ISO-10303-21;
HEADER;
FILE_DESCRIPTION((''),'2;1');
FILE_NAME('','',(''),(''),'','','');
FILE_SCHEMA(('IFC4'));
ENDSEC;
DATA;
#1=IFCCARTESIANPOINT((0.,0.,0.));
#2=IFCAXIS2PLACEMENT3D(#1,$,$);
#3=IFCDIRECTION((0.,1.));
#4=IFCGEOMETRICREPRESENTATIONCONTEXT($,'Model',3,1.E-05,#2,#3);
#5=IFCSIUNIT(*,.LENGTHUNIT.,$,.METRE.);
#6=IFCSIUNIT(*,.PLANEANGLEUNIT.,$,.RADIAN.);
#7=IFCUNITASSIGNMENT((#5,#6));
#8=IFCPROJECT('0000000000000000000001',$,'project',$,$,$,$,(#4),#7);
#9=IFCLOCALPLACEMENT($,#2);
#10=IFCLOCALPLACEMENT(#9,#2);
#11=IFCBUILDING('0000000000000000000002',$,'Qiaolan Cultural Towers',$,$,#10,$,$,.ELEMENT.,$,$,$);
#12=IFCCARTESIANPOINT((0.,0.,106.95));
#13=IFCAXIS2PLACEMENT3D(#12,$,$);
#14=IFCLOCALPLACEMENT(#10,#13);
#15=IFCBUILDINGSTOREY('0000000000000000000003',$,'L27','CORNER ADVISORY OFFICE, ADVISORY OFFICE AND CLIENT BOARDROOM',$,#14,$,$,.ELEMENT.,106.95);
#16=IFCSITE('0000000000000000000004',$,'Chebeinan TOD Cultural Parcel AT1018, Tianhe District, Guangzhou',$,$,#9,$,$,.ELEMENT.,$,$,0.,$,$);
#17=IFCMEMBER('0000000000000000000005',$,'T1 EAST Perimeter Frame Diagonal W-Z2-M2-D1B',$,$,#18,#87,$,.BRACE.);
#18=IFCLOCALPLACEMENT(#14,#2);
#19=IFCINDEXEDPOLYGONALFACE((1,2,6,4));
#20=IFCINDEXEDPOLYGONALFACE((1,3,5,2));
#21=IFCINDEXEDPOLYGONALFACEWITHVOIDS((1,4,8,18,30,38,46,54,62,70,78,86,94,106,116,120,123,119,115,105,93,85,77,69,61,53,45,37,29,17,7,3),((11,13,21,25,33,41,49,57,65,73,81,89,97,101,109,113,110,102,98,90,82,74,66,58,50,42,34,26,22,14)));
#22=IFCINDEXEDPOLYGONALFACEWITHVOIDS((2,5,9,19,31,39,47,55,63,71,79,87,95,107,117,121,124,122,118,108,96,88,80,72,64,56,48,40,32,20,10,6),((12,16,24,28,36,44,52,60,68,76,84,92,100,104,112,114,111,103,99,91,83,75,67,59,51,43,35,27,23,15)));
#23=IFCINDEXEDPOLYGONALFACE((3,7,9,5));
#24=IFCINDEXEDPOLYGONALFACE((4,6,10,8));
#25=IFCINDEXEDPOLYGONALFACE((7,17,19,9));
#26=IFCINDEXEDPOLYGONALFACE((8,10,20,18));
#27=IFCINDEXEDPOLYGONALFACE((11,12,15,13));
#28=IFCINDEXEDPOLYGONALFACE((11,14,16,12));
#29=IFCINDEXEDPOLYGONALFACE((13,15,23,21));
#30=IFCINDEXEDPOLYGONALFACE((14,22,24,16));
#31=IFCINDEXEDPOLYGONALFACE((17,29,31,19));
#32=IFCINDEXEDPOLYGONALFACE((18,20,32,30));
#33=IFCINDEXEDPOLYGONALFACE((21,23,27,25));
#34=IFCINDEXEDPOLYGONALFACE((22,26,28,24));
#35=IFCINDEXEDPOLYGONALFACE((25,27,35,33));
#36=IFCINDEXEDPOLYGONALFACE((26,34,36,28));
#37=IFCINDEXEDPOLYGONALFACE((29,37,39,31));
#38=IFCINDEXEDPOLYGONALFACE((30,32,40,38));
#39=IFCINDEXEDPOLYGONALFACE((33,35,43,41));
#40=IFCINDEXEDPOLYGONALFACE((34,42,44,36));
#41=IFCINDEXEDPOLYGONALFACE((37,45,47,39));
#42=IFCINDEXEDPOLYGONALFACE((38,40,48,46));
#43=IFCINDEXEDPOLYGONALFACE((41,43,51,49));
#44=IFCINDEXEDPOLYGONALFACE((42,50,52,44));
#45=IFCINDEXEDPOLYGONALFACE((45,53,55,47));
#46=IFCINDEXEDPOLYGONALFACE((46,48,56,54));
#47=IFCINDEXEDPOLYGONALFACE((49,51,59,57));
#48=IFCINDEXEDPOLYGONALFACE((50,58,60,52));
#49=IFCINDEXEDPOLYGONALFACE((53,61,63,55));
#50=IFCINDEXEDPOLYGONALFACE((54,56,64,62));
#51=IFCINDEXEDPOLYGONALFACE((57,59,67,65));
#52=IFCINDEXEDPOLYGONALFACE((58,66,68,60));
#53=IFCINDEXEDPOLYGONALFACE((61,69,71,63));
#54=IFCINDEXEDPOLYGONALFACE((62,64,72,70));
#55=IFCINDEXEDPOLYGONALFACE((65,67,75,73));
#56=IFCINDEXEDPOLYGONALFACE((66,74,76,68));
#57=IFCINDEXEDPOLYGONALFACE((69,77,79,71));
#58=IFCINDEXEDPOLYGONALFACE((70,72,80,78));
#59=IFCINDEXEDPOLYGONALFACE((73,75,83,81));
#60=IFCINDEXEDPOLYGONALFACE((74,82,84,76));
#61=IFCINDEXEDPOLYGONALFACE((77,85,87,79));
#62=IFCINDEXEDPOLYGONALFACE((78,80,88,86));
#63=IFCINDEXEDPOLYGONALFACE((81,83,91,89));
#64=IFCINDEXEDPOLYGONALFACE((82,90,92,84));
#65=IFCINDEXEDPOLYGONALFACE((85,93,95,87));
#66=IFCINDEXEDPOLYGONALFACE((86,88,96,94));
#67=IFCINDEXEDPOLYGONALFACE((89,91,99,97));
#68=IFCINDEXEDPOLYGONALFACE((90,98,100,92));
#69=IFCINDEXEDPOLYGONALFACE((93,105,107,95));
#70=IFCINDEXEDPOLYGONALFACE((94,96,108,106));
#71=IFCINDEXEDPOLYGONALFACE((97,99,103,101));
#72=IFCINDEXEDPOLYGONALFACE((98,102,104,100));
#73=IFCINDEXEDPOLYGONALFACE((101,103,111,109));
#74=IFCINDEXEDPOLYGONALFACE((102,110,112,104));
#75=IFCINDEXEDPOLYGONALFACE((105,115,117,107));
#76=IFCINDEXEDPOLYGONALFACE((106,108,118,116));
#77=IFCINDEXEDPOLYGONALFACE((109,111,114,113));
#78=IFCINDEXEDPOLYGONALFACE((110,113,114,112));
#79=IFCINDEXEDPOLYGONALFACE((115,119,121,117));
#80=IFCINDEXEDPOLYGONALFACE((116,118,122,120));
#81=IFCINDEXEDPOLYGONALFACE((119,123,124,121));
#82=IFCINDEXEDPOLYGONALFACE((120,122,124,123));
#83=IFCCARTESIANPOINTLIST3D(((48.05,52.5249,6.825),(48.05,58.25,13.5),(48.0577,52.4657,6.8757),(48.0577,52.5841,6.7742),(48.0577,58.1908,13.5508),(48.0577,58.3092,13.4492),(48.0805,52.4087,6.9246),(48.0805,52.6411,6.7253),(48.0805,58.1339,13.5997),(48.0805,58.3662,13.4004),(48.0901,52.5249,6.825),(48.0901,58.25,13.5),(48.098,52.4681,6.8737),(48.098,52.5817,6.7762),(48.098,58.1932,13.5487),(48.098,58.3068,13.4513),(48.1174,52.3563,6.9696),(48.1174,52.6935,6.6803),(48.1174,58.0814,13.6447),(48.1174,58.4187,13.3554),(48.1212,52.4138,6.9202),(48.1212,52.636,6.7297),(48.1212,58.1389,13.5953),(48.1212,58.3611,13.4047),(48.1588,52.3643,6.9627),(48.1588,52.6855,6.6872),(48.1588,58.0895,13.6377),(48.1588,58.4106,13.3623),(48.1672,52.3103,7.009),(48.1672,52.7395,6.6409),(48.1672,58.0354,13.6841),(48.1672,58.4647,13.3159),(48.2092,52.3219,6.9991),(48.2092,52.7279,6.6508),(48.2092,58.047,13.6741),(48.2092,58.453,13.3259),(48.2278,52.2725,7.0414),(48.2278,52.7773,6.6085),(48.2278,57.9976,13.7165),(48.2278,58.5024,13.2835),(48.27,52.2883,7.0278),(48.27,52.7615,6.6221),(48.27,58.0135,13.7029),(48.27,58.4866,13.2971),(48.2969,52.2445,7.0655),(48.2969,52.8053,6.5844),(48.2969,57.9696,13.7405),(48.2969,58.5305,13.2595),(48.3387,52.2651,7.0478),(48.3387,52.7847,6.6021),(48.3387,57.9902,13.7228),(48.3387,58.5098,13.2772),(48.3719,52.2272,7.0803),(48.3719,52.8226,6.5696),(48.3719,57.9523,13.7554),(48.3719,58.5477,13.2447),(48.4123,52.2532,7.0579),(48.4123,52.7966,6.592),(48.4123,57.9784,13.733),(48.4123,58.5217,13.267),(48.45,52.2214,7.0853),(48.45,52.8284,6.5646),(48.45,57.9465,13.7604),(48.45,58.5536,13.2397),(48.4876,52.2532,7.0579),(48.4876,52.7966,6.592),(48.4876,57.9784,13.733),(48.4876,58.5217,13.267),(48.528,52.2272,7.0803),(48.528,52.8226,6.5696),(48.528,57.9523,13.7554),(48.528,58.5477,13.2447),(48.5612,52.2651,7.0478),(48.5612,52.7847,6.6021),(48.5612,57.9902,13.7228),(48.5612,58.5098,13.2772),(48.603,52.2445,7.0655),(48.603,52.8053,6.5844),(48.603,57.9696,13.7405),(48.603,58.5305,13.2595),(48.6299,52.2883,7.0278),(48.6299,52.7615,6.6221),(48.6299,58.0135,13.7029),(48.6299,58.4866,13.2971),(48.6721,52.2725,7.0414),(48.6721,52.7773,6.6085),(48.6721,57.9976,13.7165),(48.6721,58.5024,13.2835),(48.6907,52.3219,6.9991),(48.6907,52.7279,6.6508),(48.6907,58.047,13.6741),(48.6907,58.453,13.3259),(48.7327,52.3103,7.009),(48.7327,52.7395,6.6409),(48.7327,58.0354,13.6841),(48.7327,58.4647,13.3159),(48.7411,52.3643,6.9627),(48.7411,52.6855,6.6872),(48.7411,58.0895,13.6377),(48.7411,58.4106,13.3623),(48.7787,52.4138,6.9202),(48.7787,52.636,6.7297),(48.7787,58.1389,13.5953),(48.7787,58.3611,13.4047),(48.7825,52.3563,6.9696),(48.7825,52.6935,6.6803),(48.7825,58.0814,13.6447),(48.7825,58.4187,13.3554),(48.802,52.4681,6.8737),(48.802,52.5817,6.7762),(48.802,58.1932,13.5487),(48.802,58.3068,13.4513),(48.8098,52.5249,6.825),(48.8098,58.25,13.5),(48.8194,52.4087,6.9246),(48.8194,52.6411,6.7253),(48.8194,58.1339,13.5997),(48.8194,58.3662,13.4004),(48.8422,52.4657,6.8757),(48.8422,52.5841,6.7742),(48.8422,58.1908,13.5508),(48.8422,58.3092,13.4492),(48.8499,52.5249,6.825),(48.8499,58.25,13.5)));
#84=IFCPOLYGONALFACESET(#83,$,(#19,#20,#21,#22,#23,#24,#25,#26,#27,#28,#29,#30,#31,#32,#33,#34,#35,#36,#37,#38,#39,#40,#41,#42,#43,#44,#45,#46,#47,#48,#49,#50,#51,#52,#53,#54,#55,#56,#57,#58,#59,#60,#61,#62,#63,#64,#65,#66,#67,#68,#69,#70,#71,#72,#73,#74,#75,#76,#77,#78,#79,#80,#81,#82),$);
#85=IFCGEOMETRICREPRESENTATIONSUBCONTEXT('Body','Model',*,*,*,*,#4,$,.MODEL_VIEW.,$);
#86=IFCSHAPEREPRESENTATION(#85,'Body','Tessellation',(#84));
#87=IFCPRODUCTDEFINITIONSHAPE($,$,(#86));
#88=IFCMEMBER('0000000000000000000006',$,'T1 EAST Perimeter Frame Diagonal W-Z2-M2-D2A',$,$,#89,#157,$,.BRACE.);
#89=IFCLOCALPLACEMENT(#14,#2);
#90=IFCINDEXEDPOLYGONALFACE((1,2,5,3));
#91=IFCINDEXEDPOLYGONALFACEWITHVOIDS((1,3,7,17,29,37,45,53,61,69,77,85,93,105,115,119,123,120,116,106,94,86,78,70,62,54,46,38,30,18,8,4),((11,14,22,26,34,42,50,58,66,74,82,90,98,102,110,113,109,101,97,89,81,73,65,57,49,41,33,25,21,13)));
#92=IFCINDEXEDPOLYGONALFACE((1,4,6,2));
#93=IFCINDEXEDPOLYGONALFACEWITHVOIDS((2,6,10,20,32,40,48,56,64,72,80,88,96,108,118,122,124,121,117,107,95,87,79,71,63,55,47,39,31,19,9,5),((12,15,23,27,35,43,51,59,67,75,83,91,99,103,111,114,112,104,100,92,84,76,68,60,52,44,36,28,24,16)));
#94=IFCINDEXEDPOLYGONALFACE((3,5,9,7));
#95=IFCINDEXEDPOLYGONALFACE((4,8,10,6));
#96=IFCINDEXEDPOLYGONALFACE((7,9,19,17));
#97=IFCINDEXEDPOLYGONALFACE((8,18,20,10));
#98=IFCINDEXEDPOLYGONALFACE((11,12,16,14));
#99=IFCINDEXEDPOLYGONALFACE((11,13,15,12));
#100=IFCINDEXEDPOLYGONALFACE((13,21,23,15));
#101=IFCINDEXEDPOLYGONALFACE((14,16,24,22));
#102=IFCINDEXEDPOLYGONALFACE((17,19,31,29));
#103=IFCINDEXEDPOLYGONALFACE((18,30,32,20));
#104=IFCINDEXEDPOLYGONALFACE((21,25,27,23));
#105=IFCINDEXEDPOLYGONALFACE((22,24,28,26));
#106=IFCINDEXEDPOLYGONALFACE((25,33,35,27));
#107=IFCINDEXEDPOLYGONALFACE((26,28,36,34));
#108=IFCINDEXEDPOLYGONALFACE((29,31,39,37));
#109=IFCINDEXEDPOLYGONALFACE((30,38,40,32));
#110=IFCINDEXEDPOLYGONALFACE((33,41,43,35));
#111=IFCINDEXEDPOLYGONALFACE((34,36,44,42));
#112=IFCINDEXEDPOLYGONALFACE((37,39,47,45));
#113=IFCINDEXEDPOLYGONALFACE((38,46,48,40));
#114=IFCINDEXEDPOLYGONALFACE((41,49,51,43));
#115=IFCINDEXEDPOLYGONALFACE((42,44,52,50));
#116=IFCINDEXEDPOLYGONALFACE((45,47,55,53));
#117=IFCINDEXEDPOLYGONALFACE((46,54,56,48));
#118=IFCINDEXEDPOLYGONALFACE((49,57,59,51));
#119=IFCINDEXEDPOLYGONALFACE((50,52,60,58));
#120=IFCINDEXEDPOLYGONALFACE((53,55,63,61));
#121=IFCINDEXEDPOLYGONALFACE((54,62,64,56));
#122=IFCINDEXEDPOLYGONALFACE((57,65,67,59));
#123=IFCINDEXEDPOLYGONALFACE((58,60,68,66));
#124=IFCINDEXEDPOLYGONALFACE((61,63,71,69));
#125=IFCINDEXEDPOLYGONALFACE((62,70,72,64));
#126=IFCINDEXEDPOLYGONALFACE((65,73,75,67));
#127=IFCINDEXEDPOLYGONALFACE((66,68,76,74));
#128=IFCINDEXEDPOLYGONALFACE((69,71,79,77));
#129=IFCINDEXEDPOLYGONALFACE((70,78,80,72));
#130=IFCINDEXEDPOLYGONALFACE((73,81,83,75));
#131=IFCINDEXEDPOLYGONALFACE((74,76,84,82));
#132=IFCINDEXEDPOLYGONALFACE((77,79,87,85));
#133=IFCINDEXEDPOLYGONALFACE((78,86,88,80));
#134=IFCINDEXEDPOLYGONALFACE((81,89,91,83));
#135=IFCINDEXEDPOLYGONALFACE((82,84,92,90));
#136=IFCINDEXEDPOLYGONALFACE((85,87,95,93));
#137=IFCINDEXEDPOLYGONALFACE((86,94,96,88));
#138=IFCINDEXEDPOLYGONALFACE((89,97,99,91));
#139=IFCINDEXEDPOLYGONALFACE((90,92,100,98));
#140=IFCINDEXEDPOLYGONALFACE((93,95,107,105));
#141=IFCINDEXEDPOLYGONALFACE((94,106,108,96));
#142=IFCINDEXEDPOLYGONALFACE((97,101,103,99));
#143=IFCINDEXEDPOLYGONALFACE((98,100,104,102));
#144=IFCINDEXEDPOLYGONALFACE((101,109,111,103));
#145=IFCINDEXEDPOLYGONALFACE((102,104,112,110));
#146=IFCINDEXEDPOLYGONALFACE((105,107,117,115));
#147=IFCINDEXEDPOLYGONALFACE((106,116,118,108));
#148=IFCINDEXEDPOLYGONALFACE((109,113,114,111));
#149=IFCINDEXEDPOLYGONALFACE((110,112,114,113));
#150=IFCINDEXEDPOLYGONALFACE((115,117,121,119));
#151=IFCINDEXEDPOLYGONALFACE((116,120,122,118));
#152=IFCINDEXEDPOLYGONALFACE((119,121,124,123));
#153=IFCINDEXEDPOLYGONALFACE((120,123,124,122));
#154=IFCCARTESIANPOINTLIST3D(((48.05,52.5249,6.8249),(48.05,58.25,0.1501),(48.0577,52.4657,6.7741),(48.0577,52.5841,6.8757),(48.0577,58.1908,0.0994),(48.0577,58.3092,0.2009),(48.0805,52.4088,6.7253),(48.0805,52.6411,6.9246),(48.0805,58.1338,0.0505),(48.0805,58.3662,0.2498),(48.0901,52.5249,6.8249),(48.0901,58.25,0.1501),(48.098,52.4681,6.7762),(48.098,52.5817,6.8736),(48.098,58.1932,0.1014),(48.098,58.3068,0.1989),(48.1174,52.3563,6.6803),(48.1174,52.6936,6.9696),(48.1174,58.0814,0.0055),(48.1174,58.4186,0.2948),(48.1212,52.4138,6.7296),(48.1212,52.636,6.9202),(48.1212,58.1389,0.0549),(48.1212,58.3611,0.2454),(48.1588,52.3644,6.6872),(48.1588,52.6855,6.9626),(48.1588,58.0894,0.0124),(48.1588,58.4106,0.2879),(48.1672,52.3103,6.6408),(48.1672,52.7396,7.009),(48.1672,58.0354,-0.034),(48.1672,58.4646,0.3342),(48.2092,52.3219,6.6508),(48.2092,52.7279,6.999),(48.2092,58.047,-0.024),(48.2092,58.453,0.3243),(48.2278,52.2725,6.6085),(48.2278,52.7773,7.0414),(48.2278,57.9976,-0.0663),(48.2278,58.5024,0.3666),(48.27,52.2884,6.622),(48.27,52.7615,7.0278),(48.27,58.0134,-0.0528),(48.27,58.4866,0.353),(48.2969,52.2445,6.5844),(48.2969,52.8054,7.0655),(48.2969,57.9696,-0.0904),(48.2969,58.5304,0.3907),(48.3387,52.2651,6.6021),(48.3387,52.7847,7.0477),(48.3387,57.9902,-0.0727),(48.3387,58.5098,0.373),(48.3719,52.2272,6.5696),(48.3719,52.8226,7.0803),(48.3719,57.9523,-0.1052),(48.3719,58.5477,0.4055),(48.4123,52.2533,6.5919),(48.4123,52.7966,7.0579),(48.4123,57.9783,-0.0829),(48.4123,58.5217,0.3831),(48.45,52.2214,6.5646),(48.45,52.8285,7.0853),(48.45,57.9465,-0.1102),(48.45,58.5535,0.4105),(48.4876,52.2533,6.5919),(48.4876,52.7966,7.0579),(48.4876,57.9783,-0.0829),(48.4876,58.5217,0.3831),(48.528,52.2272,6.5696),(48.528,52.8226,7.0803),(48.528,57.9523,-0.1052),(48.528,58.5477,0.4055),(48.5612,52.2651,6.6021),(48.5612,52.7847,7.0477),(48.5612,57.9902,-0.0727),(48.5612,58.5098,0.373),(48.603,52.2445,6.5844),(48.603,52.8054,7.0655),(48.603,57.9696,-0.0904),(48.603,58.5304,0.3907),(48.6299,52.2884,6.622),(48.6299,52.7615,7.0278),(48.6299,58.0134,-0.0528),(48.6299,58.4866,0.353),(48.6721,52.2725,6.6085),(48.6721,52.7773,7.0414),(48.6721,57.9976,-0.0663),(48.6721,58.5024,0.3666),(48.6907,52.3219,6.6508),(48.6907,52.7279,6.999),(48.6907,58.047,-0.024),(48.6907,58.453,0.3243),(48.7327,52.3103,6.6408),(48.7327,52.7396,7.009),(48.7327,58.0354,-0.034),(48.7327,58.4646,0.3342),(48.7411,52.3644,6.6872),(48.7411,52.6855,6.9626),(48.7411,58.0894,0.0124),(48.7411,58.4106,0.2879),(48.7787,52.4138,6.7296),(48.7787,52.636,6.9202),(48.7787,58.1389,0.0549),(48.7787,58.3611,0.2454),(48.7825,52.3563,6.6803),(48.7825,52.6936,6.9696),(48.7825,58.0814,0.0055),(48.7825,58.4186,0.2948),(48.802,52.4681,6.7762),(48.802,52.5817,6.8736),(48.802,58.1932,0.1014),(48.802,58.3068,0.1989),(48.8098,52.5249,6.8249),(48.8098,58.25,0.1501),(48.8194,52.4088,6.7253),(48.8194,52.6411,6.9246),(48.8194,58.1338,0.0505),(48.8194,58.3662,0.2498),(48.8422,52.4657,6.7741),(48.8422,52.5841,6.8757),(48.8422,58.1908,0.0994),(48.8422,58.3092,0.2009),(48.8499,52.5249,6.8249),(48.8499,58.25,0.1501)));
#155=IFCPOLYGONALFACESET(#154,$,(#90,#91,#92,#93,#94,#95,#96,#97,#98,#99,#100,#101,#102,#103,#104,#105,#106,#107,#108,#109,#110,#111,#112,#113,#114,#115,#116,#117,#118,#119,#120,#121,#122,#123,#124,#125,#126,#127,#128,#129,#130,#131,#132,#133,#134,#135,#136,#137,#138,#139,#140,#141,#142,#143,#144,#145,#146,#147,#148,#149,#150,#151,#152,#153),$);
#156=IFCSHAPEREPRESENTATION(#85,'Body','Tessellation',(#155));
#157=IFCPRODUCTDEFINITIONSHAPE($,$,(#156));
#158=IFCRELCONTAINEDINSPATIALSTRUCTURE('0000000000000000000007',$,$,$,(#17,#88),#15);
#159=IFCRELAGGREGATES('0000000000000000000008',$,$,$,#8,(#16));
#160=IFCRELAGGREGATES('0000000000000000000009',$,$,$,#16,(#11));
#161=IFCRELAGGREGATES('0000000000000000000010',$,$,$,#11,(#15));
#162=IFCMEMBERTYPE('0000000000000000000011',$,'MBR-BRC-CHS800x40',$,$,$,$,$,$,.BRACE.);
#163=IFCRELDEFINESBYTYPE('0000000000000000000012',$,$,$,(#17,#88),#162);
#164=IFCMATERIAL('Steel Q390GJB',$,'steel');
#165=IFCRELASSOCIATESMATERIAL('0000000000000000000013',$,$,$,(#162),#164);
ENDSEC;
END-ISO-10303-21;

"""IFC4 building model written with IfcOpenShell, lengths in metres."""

from ifc_helpers import new_model, si_unit, direction, frame, origin, origin_2d, place, context, subcontext, project, spatial, hollow_circle, extrude, material, material_profile, profile_set, type_object, element, save


model = new_model("IFC4")

# Units and contexts
model_context = context("Model", 3, precision=1e-05, world=origin(), true_north=direction((0.0, 1.0)))
body_context = subcontext(model_context, "Body", "Model", "MODEL_VIEW")
ifc_project = project(units=[si_unit("LENGTHUNIT", "METRE"), si_unit("PLANEANGLEUNIT", "RADIAN")], contexts=[model_context])

# Site, building, storey
site_placement = place(None, origin())
site = spatial("IfcSite", under=ifc_project, at=site_placement, Name="Chebeinan TOD Cultural Parcel AT1018, Tianhe District, Guangzhou", CompositionType="ELEMENT", RefElevation=0.0)
building_placement = place(site_placement, origin())
building = spatial("IfcBuilding", under=site, at=building_placement, Name="Qiaolan Cultural Towers", CompositionType="ELEMENT")
storey_placement = place(building_placement, frame((0.0, 0.0, 106.95)))
storey = spatial("IfcBuildingStorey", under=building, at=storey_placement, Name="L27", Description="CORNER ADVISORY OFFICE, ADVISORY OFFICE AND CLIENT BOARDROOM", CompositionType="ELEMENT", Elevation=106.95)

# Members
ifc_material_1 = material(Name="Steel Q390GJB", Category="steel")
ifc_material_profile_1 = material_profile(ifc_material_1, hollow_circle(Radius=0.3999, WallThickness=0.04, at=origin_2d()), Name="CHS800x40")
ifc_profile_set_1 = profile_set([ifc_material_profile_1], Name="Steel Q390GJB")
member_type = type_object("IfcMemberType", Name="MBR-BRC-CHS800x40", PredefinedType="BRACE", material=ifc_profile_set_1)
member_placement = place(storey_placement, frame((48.45, 52.5249, 6.825), z_axis=(0.0, 0.651029, 0.759053), x_axis=(-1.0, 0.0, 0.0)))
element("IfcMember", 1, at=member_placement, inside=storey, type_object=member_type, Name="T1 EAST Perimeter Frame Diagonal W-Z2-M2-D1B", PredefinedType="BRACE", context=body_context, shape_type="SweptSolid", body=[
    extrude(hollow_circle(Radius=0.3999, WallThickness=0.04, at=origin_2d()), origin(), (0.0, 0.0, 1.0), 8.7939),
])
for number, where, z_axis, x_axis, name in (
    (2, (48.45, 58.25, 0.1501), (0.0, -0.651043, 0.759041), (1.0, 0.0, 0.0), "T1 EAST Perimeter Frame Diagonal W-Z2-M2-D2A"),
):
    element("IfcMember", number, at=place(storey_placement, frame(where, z_axis=z_axis, x_axis=x_axis)), inside=storey, type_object=member_type, Name=name, PredefinedType="BRACE", context=body_context, shape_type="SweptSolid", body=[
        extrude(hollow_circle(Radius=0.3999, WallThickness=0.04, at=origin_2d()), origin(), (0.0, 0.0, 1.0), 8.7937),
    ])

save(model, "model.ifc")
